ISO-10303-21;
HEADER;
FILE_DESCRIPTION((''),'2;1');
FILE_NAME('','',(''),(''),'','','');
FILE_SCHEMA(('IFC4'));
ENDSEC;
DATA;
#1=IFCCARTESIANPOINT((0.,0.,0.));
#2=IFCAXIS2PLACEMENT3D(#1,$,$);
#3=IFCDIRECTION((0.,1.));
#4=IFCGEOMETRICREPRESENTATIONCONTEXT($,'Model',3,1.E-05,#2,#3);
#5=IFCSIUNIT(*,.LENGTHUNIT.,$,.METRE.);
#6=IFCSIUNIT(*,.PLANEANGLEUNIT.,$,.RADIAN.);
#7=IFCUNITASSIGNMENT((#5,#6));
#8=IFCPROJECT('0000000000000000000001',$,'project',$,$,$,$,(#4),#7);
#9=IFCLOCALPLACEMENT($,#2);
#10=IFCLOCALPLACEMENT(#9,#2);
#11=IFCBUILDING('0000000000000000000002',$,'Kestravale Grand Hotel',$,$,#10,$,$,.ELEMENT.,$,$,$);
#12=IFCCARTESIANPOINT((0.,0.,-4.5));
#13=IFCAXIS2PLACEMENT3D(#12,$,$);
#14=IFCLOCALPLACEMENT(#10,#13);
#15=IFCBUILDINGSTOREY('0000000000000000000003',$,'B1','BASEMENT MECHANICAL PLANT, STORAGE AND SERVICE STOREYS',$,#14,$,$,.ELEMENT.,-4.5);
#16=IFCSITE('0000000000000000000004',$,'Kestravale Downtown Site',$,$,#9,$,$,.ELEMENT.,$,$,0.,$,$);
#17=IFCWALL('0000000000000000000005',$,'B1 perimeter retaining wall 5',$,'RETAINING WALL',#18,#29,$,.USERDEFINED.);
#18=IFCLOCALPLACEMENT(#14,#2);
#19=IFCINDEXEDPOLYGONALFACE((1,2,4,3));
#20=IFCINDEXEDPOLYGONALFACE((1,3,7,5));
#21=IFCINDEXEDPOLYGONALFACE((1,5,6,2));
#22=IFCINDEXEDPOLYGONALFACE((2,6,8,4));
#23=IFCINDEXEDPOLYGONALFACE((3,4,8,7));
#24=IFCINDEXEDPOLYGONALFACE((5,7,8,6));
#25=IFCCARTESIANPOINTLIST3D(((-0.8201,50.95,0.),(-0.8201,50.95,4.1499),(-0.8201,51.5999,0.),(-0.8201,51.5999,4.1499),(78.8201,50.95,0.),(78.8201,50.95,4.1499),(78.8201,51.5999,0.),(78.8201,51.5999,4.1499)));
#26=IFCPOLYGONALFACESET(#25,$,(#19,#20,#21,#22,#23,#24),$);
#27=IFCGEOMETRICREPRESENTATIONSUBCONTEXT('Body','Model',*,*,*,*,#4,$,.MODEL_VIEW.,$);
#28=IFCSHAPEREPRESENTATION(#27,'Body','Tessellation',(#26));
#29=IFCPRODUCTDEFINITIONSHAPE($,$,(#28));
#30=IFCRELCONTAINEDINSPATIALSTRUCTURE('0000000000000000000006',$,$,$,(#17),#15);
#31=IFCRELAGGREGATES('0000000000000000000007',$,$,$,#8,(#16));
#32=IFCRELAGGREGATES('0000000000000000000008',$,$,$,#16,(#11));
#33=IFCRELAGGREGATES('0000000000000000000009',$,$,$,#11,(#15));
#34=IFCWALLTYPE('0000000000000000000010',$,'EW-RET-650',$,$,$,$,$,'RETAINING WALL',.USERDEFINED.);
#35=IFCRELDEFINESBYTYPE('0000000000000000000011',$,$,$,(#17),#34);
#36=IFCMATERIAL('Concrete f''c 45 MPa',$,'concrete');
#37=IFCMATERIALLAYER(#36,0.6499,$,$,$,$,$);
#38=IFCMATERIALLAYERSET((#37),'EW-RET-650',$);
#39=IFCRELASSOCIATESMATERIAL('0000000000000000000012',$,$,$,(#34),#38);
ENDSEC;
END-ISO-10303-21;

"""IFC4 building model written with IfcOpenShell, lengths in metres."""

from ifc_helpers import new_model, si_unit, direction, frame, frame_2d, origin, place, context, subcontext, project, spatial, rectangle, extrude, material, layer, layer_set, type_object, element, save


model = new_model("IFC4")

# Units and contexts
model_context = context("Model", 3, precision=1e-05, world=origin(), true_north=direction((0.0, 1.0)))
body_context = subcontext(model_context, "Body", "Model", "MODEL_VIEW")
ifc_project = project(units=[si_unit("LENGTHUNIT", "METRE"), si_unit("PLANEANGLEUNIT", "RADIAN")], contexts=[model_context])

# Site, building, storey
site_placement = place(None, origin())
site = spatial("IfcSite", under=ifc_project, at=site_placement, Name="Kestravale Downtown Site", CompositionType="ELEMENT", RefElevation=0.0)
building_placement = place(site_placement, origin())
building = spatial("IfcBuilding", under=site, at=building_placement, Name="Kestravale Grand Hotel", CompositionType="ELEMENT")
storey_placement = place(building_placement, frame((0.0, 0.0, -4.5)))
storey = spatial("IfcBuildingStorey", under=building, at=storey_placement, Name="B1", Description="BASEMENT MECHANICAL PLANT, STORAGE AND SERVICE STOREYS", CompositionType="ELEMENT", Elevation=-4.5)

# Wall
ifc_material_1 = material(Name="Concrete f'c 45 MPa", Category="concrete")
ifc_layer = layer(ifc_material_1, 0.6499)
ifc_layer_set = layer_set([ifc_layer], Name="EW-RET-650")
wall_type = type_object("IfcWallType", Name="EW-RET-650", ElementType="RETAINING WALL", PredefinedType="USERDEFINED", material=ifc_layer_set)
wall_1_placement = place(storey_placement, frame((78.8201, 51.2749, 0.0), z_axis=(0.0, 0.0, 1.0), x_axis=(-1.0, 0.0, 0.0)))
element("IfcWall", 1, at=wall_1_placement, inside=storey, type_object=wall_type, Name="B1 perimeter retaining wall 5", ObjectType="RETAINING WALL", PredefinedType="USERDEFINED", context=body_context, shape_type="SweptSolid", body=[
    extrude(rectangle(XDim=79.6401, YDim=0.6499, at=frame_2d((39.8201, 0.0))), origin(), (0.0, 0.0, 1.0), 4.1499),
])

save(model, "model.ifc")
